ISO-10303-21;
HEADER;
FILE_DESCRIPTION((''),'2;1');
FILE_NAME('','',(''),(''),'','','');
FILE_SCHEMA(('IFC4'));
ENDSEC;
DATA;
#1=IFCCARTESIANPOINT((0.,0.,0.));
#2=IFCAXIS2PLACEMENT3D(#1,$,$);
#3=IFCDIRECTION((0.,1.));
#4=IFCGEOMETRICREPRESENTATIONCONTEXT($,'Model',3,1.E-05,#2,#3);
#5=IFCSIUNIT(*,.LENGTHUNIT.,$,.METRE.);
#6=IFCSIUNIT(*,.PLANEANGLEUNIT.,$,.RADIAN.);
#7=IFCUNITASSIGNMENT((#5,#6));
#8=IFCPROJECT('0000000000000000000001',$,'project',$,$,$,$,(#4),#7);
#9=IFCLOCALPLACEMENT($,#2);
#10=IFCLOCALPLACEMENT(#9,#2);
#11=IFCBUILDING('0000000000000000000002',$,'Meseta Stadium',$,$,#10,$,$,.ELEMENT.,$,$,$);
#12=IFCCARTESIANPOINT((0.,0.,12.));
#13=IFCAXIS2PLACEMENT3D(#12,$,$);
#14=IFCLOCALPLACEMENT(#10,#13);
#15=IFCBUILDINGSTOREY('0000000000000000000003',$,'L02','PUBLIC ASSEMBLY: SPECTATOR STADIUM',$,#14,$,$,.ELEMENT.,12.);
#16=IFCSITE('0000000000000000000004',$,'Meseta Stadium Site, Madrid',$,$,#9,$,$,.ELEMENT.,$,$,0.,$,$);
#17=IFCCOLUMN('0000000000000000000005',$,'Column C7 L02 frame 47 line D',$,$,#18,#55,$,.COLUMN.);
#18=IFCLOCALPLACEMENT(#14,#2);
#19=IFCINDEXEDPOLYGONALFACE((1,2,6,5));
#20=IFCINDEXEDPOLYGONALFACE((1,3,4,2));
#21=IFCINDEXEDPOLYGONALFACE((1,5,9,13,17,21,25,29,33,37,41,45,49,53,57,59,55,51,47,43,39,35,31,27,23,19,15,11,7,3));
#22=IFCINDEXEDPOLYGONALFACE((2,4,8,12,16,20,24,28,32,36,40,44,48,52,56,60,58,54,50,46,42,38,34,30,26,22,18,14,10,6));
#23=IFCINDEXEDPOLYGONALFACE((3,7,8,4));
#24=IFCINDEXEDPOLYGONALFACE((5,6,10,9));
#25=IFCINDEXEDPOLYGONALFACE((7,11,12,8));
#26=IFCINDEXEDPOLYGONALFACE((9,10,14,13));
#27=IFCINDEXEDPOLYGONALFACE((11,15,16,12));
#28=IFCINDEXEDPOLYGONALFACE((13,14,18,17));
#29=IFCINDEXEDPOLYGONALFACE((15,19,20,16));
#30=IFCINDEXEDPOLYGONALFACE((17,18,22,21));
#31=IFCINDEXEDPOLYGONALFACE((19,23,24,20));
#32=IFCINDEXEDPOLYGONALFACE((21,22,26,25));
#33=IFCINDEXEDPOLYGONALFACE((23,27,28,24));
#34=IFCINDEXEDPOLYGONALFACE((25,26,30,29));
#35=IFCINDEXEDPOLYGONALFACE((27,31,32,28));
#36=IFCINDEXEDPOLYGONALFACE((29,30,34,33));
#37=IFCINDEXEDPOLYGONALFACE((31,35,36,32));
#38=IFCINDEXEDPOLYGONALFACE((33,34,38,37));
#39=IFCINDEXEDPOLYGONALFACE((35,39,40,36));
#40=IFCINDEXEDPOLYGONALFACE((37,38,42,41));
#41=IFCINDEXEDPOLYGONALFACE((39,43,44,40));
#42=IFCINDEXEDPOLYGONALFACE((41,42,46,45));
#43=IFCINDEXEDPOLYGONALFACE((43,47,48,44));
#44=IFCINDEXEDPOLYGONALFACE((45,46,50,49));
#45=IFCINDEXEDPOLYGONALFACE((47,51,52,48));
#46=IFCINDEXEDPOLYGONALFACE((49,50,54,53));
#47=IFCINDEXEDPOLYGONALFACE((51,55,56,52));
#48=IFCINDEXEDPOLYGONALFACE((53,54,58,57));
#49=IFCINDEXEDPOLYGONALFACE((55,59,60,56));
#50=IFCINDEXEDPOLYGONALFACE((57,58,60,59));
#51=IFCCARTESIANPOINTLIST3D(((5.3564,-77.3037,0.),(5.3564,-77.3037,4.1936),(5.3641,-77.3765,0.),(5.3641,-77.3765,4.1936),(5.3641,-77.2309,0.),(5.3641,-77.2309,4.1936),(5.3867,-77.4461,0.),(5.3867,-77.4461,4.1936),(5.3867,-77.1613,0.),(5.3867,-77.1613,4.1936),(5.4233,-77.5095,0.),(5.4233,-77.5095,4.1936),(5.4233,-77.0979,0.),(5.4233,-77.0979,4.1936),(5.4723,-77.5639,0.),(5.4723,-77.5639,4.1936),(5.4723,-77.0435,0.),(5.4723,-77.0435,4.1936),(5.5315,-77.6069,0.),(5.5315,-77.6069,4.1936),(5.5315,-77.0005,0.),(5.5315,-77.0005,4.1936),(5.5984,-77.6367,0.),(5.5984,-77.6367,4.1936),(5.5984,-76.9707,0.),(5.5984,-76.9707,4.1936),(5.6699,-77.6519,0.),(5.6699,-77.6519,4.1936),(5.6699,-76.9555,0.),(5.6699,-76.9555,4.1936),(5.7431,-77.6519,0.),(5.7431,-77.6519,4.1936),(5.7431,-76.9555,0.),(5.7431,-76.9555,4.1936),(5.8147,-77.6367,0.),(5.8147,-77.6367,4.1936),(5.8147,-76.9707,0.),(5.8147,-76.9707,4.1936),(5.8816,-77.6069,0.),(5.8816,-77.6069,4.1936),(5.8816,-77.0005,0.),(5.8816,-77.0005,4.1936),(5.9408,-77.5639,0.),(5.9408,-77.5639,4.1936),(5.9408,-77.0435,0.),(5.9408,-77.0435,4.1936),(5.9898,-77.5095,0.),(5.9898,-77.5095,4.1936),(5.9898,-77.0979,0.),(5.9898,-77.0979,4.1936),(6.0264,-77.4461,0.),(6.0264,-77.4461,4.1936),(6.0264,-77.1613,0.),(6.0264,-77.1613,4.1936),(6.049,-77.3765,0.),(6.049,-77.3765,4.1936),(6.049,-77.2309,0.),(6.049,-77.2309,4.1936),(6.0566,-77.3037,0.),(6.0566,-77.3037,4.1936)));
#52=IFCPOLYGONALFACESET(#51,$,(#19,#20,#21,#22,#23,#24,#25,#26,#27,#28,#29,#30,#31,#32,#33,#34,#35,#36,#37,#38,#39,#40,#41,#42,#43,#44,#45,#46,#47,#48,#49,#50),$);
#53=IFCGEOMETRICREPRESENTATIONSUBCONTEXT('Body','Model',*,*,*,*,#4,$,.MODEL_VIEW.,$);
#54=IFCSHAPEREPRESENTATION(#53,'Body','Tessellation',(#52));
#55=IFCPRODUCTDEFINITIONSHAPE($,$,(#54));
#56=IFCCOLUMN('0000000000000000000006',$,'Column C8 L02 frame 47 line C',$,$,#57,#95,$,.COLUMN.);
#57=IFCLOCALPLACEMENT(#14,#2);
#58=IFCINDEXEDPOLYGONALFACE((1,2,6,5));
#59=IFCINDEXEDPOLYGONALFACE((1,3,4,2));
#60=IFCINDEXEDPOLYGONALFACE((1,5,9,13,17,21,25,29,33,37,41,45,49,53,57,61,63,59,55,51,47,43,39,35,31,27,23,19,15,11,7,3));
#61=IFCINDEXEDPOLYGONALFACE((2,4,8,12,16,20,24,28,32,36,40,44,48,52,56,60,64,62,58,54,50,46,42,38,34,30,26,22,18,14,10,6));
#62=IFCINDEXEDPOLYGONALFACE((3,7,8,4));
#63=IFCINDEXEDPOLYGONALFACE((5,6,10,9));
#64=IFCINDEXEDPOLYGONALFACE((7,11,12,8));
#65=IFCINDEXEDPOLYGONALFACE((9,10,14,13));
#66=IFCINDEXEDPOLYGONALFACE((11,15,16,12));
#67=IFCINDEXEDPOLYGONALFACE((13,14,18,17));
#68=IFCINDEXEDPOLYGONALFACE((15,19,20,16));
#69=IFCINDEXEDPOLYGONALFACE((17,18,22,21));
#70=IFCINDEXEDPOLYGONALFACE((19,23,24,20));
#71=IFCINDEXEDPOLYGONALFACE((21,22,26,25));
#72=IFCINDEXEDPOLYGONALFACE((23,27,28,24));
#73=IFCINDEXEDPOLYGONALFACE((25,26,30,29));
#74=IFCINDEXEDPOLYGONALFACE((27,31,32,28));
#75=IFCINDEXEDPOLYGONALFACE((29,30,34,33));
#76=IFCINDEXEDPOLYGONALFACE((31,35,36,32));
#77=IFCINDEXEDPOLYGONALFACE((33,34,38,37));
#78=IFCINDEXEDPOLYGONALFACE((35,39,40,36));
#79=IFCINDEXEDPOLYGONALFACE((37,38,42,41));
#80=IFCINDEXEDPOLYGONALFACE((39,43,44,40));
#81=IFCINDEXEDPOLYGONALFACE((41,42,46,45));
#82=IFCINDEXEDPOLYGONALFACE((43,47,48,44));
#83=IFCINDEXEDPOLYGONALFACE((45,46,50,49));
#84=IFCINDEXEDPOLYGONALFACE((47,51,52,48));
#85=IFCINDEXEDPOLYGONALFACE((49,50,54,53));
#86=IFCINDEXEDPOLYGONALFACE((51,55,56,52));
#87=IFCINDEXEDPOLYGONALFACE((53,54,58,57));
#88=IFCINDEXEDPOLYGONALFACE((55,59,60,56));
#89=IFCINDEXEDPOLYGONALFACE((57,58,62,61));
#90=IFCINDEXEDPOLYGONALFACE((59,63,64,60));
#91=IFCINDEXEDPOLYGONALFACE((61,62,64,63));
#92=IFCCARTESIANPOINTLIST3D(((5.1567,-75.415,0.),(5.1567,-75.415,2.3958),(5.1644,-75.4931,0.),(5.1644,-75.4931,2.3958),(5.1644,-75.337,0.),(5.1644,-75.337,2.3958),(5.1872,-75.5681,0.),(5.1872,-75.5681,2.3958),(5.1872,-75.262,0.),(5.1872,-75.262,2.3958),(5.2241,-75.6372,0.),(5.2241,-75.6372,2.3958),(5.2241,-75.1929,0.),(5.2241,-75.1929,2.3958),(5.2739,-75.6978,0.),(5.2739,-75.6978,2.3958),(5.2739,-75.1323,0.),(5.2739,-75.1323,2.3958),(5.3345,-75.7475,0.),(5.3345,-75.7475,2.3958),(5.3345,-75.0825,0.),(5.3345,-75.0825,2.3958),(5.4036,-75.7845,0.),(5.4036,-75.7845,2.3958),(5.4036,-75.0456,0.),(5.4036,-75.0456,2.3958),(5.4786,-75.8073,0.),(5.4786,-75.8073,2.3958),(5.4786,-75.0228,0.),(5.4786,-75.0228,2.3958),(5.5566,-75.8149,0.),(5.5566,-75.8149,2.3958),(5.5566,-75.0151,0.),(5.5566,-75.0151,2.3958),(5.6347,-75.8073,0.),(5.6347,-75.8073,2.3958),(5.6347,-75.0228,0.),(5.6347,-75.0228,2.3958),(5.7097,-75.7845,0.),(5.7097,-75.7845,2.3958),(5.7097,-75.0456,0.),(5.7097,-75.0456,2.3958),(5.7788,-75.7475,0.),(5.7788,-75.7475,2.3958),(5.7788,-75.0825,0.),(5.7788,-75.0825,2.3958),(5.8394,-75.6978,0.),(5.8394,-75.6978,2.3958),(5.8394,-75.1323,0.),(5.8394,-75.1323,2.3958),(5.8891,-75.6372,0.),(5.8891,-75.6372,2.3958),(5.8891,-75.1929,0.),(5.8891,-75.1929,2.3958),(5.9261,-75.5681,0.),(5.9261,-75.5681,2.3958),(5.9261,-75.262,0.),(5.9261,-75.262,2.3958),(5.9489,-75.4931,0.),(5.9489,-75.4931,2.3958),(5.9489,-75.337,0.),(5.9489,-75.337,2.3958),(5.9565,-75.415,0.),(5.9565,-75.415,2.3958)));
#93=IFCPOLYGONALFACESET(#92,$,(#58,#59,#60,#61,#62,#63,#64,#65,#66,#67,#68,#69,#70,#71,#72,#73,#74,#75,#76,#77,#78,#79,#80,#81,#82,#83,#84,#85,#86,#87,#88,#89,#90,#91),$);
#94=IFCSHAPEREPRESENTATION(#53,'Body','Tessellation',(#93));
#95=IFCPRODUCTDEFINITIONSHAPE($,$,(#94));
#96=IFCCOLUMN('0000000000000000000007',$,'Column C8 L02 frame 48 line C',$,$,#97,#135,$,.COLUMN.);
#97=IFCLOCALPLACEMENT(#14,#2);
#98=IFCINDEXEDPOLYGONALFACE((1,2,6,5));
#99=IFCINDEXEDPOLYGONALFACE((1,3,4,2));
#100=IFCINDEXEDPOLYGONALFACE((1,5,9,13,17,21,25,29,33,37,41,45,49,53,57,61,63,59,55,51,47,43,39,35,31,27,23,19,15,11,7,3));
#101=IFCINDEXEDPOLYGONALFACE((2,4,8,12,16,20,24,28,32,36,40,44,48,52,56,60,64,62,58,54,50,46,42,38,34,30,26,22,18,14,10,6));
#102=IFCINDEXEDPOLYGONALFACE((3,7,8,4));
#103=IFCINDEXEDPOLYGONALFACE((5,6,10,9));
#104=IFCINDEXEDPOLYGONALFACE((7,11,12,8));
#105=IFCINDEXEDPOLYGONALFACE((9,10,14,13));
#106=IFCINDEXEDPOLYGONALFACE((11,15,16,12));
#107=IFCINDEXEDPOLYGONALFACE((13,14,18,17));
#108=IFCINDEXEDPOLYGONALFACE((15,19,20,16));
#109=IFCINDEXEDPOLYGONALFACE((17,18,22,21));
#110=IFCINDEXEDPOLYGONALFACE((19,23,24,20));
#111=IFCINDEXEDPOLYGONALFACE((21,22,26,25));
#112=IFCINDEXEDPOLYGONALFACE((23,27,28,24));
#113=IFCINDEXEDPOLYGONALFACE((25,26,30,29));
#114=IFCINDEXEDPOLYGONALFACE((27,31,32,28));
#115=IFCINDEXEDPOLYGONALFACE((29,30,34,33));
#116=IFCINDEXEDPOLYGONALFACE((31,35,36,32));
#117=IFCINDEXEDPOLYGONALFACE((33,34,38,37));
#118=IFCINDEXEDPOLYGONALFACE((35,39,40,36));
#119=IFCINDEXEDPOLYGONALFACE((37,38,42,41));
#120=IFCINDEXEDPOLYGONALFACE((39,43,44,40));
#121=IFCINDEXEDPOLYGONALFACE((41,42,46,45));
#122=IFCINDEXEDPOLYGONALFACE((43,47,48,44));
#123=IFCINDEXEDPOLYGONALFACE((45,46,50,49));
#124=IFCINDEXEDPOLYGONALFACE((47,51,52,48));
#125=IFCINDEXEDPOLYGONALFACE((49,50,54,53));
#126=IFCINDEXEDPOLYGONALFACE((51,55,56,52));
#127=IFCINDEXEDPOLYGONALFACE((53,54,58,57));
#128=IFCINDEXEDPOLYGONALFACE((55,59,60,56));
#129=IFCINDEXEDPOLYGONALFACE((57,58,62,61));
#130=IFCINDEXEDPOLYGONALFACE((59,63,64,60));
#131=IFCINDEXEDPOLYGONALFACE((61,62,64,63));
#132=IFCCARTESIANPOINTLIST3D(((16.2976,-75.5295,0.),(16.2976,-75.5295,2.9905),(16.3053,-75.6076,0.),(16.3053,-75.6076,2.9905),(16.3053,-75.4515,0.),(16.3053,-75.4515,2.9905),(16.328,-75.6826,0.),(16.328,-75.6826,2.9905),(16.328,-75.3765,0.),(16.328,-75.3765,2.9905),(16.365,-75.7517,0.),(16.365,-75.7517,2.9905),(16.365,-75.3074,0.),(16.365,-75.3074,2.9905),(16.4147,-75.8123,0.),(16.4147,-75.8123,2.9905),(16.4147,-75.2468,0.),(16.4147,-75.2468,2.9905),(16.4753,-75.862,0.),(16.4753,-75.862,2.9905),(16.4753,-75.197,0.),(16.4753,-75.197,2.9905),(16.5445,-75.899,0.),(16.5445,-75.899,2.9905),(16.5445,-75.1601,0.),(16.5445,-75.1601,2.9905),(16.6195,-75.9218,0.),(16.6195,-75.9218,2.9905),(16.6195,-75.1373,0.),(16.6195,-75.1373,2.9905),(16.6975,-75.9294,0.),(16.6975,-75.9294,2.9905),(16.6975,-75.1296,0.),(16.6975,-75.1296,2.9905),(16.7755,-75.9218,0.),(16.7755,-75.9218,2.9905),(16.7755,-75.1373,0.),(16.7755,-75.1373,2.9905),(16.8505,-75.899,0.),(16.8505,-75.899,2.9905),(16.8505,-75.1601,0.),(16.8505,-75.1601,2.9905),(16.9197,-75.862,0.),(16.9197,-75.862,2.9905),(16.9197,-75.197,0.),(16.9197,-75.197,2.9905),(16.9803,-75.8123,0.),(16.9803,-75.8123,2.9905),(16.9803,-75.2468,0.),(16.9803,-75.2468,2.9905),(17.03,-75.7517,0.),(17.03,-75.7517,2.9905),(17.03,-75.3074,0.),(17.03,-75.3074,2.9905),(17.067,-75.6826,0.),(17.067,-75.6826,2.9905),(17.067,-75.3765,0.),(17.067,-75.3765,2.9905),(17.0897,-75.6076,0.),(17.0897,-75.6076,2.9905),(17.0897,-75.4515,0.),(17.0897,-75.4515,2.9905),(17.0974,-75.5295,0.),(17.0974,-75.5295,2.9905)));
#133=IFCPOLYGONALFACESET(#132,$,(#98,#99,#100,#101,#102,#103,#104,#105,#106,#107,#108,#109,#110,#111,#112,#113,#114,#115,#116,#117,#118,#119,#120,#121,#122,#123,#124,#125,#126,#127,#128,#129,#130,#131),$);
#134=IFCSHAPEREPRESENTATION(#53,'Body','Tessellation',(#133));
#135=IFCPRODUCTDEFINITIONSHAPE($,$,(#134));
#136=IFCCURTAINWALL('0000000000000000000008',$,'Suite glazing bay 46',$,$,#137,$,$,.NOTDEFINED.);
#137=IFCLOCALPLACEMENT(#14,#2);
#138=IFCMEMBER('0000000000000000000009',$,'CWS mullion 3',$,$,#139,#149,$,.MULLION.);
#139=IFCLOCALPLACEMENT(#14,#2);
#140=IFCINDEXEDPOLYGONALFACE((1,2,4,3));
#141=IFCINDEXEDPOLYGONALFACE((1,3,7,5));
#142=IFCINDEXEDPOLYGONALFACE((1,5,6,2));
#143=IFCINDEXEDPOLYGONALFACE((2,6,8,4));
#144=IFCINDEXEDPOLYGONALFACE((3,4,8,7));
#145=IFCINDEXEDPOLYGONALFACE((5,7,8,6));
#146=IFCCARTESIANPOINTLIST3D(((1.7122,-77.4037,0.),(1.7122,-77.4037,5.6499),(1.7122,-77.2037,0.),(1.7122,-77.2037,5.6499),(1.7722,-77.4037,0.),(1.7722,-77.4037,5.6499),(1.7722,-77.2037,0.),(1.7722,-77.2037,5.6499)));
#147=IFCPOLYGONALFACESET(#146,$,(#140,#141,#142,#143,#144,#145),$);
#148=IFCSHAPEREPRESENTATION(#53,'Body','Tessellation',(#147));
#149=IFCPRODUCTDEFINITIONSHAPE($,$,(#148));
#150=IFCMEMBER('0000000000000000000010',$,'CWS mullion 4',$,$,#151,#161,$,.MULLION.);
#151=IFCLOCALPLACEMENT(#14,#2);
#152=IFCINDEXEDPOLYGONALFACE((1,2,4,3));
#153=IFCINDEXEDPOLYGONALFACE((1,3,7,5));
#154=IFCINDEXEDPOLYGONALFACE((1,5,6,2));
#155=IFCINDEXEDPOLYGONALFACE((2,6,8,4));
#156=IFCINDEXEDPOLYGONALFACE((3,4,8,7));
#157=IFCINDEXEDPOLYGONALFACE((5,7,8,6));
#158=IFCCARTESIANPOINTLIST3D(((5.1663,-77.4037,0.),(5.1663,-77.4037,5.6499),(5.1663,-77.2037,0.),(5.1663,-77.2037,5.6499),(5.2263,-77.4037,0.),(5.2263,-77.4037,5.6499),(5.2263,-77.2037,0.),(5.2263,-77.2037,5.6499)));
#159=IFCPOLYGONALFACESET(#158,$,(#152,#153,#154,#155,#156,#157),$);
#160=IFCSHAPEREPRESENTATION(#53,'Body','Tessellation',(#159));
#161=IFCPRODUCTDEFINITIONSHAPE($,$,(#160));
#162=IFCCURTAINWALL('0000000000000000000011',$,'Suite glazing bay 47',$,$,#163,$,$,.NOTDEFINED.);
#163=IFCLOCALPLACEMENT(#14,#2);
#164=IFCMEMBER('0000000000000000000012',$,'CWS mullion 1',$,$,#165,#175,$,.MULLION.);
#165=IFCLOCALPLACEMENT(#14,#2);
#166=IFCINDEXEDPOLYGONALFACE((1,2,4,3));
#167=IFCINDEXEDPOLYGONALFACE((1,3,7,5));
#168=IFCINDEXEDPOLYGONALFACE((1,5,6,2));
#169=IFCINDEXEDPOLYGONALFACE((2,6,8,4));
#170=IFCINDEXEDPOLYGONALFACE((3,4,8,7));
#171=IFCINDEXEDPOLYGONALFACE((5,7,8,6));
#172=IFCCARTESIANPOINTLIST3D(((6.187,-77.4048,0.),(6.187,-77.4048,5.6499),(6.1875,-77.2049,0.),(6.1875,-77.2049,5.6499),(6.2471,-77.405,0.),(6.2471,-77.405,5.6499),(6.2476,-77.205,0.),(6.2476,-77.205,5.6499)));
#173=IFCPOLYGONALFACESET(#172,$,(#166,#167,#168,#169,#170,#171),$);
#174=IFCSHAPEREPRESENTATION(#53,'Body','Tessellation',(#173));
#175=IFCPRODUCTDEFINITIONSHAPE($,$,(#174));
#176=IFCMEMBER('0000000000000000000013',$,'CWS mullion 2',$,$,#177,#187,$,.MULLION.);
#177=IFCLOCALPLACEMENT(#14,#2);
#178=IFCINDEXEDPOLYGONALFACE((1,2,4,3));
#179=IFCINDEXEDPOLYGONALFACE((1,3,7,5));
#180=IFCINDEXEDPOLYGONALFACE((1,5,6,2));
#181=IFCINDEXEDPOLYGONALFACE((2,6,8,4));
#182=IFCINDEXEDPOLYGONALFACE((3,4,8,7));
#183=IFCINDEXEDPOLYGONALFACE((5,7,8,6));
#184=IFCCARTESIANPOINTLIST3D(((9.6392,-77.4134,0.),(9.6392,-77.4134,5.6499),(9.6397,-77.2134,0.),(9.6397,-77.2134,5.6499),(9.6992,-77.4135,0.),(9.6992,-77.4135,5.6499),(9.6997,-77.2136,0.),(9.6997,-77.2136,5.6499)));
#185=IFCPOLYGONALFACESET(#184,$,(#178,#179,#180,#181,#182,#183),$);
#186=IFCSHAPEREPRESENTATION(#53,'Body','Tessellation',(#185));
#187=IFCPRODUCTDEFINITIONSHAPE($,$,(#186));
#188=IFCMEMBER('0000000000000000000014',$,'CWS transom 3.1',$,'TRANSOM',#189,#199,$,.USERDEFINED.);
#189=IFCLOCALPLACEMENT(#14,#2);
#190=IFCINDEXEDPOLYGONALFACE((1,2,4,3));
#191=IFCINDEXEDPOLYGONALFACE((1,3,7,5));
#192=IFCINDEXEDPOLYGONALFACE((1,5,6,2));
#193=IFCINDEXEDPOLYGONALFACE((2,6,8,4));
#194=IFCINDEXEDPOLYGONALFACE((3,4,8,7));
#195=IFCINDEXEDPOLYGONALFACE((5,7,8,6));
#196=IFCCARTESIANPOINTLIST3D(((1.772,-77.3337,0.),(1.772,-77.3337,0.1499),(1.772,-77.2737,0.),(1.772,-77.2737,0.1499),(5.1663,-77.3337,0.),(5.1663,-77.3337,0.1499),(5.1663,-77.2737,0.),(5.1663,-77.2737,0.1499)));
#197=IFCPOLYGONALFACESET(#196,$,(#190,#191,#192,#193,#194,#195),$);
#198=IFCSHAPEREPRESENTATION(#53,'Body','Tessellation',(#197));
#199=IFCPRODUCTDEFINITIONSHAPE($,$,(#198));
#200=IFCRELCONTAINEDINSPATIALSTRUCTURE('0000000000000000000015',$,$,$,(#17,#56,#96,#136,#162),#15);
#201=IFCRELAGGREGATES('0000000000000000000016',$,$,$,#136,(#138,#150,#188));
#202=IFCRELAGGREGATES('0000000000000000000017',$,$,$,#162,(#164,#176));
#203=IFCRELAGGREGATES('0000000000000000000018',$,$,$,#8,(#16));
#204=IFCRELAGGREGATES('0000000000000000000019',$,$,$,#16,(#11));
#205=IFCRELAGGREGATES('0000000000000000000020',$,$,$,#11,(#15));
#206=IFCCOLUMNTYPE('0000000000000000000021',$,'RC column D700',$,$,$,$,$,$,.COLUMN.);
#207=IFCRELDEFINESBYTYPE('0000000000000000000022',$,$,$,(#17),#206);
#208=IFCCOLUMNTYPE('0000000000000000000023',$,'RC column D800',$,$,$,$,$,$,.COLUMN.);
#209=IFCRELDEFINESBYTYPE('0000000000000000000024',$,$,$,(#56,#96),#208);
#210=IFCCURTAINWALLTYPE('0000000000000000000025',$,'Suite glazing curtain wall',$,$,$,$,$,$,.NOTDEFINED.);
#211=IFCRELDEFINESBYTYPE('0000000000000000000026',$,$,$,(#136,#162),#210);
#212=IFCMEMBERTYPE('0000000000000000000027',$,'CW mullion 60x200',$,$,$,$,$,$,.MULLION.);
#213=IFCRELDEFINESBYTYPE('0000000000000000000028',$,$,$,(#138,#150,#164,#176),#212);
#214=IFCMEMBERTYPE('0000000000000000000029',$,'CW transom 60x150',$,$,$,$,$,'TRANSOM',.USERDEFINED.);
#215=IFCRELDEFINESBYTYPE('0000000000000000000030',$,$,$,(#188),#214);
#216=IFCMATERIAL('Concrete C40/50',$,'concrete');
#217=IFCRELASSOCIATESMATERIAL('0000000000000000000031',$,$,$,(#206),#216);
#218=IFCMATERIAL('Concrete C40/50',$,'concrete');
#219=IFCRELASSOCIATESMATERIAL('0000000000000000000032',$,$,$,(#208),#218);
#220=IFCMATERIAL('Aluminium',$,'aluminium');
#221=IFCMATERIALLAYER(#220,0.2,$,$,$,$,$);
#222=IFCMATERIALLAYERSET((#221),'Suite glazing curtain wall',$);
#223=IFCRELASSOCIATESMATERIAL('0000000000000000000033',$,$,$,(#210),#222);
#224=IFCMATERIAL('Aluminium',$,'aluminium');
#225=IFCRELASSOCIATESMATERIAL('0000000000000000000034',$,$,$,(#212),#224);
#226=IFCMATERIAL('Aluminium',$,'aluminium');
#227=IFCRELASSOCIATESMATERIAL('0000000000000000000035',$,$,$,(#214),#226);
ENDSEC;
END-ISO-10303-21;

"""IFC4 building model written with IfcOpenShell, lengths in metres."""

from ifc_helpers import new_model, si_unit, direction, frame, origin, origin_2d, place, context, subcontext, project, spatial, rectangle, circle, extrude, material, layer, layer_set, material_profile, profile_set, type_object, element, aggregate, save


model = new_model("IFC4")

# Units and contexts
model_context = context("Model", 3, precision=1e-05, world=origin(), true_north=direction((0.0, 1.0)))
body_context = subcontext(model_context, "Body", "Model", "MODEL_VIEW")
ifc_project = project(units=[si_unit("LENGTHUNIT", "METRE"), si_unit("PLANEANGLEUNIT", "RADIAN")], contexts=[model_context])

# Site, building, storey
site_placement = place(None, origin())
site = spatial("IfcSite", under=ifc_project, at=site_placement, Name="Meseta Stadium Site, Madrid", CompositionType="ELEMENT", RefElevation=0.0)
building_placement = place(site_placement, origin())
building = spatial("IfcBuilding", under=site, at=building_placement, Name="Meseta Stadium", CompositionType="ELEMENT")
storey_placement = place(building_placement, frame((0.0, 0.0, 12.0)))
storey = spatial("IfcBuildingStorey", under=building, at=storey_placement, Name="L02", Description="PUBLIC ASSEMBLY: SPECTATOR STADIUM", CompositionType="ELEMENT", Elevation=12.0)

# Columns
ifc_material_1 = material(Name="Concrete C40/50", Category="concrete")
ifc_material_profile_1 = material_profile(ifc_material_1, circle(Radius=0.3501, at=origin_2d()), Name="RC D700")
ifc_profile_set_1 = profile_set([ifc_material_profile_1], Name="Concrete C40/50")
column_type_1 = type_object("IfcColumnType", Name="RC column D700", PredefinedType="COLUMN", material=ifc_profile_set_1)
column_1_placement = place(storey_placement, frame((5.7065, -77.3037, 0.0), z_axis=(0.0, 0.0, 1.0), x_axis=(1.0, 0.0, 0.0)))
element("IfcColumn", 1, at=column_1_placement, inside=storey, type_object=column_type_1, Name="Column C7 L02 frame 47 line D", PredefinedType="COLUMN", context=body_context, shape_type="SweptSolid", body=[
    extrude(circle(Radius=0.3501, at=origin_2d()), origin(), (0.0, 0.0, 1.0), 4.1936),
])
ifc_material_2 = material(Name="Concrete C40/50", Category="concrete")
ifc_material_profile_2 = material_profile(ifc_material_2, circle(Radius=0.3999, at=origin_2d()), Name="RC D800")
ifc_profile_set_2 = profile_set([ifc_material_profile_2], Name="Concrete C40/50")
column_type_2 = type_object("IfcColumnType", Name="RC column D800", PredefinedType="COLUMN", material=ifc_profile_set_2)
column_2_placement = place(storey_placement, frame((5.5566, -75.415, 0.0), z_axis=(0.0, 0.0, 1.0), x_axis=(1.0, 0.0, 0.0)))
element("IfcColumn", 2, at=column_2_placement, inside=storey, type_object=column_type_2, Name="Column C8 L02 frame 47 line C", PredefinedType="COLUMN", context=body_context, shape_type="SweptSolid", body=[
    extrude(circle(Radius=0.3999, at=origin_2d()), origin(), (0.0, 0.0, 1.0), 2.3958),
])
column_3_placement = place(storey_placement, frame((16.6975, -75.5295, 0.0), z_axis=(0.0, 0.0, 1.0), x_axis=(1.0, 0.0, 0.0)))
element("IfcColumn", 3, at=column_3_placement, inside=storey, type_object=column_type_2, Name="Column C8 L02 frame 48 line C", PredefinedType="COLUMN", context=body_context, shape_type="SweptSolid", body=[
    extrude(circle(Radius=0.3999, at=origin_2d()), origin(), (0.0, 0.0, 1.0), 2.9905),
])

# Curtain walls, members
ifc_material_3 = material(Name="Aluminium", Category="aluminium")
ifc_layer_1 = layer(ifc_material_3, 0.2)
ifc_layer_set_1 = layer_set([ifc_layer_1], Name="Suite glazing curtain wall")
curtain_wall_type = type_object("IfcCurtainWallType", Name="Suite glazing curtain wall", PredefinedType="NOTDEFINED", material=ifc_layer_set_1)
curtain_wall_1_placement = place(storey_placement, origin())
curtain_wall_1 = element("IfcCurtainWall", 4, at=curtain_wall_1_placement, inside=storey, type_object=curtain_wall_type, Name="Suite glazing bay 46", PredefinedType="NOTDEFINED")
ifc_material_4 = material(Name="Aluminium", Category="aluminium")
ifc_material_profile_3 = material_profile(ifc_material_4, rectangle(XDim=0.2, YDim=0.0601, at=origin_2d()), Name="CW 200x60")
ifc_profile_set_3 = profile_set([ifc_material_profile_3], Name="Aluminium")
member_type_1 = type_object("IfcMemberType", Name="CW mullion 60x200", PredefinedType="MULLION", material=ifc_profile_set_3)
member_1_placement = place(storey_placement, frame((1.7422, -77.3037, 0.0), z_axis=(0.0, 0.0, 1.0), x_axis=(0.0, 1.0, 0.0)))
member_1 = element("IfcMember", 5, at=member_1_placement, type_object=member_type_1, Name="CWS mullion 3", PredefinedType="MULLION", context=body_context, shape_type="SweptSolid", body=[
    extrude(rectangle(XDim=0.2, YDim=0.0601, at=origin_2d()), origin(), (0.0, 0.0, 1.0), 5.6499),
])
member_2_placement = place(storey_placement, frame((5.1963, -77.3037, 0.0), z_axis=(0.0, 0.0, 1.0), x_axis=(0.0, 1.0, 0.0)))
member_2 = element("IfcMember", 6, at=member_2_placement, type_object=member_type_1, Name="CWS mullion 4", PredefinedType="MULLION", context=body_context, shape_type="SweptSolid", body=[
    extrude(rectangle(XDim=0.2, YDim=0.0601, at=origin_2d()), origin(), (0.0, 0.0, 1.0), 5.6499),
])
curtain_wall_2_placement = place(storey_placement, origin())
curtain_wall_2 = element("IfcCurtainWall", 7, at=curtain_wall_2_placement, inside=storey, type_object=curtain_wall_type, Name="Suite glazing bay 47", PredefinedType="NOTDEFINED")
member_3_placement = place(storey_placement, frame((6.2173, -77.3049, 0.0), z_axis=(0.0, 0.0, 1.0), x_axis=(0.002486, 0.999997, 0.0)))
member_3 = element("IfcMember", 8, at=member_3_placement, type_object=member_type_1, Name="CWS mullion 1", PredefinedType="MULLION", context=body_context, shape_type="SweptSolid", body=[
    extrude(rectangle(XDim=0.2, YDim=0.0601, at=origin_2d()), origin(), (0.0, 0.0, 1.0), 5.6499),
])
member_4_placement = place(storey_placement, frame((9.6694, -77.3135, 0.0), z_axis=(0.0, 0.0, 1.0), x_axis=(0.002486, 0.999997, 0.0)))
member_4 = element("IfcMember", 9, at=member_4_placement, type_object=member_type_1, Name="CWS mullion 2", PredefinedType="MULLION", context=body_context, shape_type="SweptSolid", body=[
    extrude(rectangle(XDim=0.2, YDim=0.0601, at=origin_2d()), origin(), (0.0, 0.0, 1.0), 5.6499),
])

# Member
ifc_material_5 = material(Name="Aluminium", Category="aluminium")
ifc_material_profile_4 = material_profile(ifc_material_5, rectangle(XDim=0.0601, YDim=0.1499, at=origin_2d()), Name="CW 60x150")
ifc_profile_set_4 = profile_set([ifc_material_profile_4], Name="Aluminium")
member_type_2 = type_object("IfcMemberType", Name="CW transom 60x150", ElementType="TRANSOM", PredefinedType="USERDEFINED", material=ifc_profile_set_4)
member_5_placement = place(storey_placement, frame((1.772, -77.3037, 0.075), z_axis=(1.0, 0.0, 0.0), x_axis=(0.0, 1.0, 0.0)))
member_5 = element("IfcMember", 10, at=member_5_placement, type_object=member_type_2, Name="CWS transom 3.1", ObjectType="TRANSOM", PredefinedType="USERDEFINED", context=body_context, shape_type="SweptSolid", body=[
    extrude(rectangle(XDim=0.0601, YDim=0.1499, at=origin_2d()), origin(), (0.0, 0.0, 1.0), 3.3943),
])

aggregate(curtain_wall_1, [member_1, member_2, member_5])
aggregate(curtain_wall_2, [member_3, member_4])

save(model, "model.ifc")
